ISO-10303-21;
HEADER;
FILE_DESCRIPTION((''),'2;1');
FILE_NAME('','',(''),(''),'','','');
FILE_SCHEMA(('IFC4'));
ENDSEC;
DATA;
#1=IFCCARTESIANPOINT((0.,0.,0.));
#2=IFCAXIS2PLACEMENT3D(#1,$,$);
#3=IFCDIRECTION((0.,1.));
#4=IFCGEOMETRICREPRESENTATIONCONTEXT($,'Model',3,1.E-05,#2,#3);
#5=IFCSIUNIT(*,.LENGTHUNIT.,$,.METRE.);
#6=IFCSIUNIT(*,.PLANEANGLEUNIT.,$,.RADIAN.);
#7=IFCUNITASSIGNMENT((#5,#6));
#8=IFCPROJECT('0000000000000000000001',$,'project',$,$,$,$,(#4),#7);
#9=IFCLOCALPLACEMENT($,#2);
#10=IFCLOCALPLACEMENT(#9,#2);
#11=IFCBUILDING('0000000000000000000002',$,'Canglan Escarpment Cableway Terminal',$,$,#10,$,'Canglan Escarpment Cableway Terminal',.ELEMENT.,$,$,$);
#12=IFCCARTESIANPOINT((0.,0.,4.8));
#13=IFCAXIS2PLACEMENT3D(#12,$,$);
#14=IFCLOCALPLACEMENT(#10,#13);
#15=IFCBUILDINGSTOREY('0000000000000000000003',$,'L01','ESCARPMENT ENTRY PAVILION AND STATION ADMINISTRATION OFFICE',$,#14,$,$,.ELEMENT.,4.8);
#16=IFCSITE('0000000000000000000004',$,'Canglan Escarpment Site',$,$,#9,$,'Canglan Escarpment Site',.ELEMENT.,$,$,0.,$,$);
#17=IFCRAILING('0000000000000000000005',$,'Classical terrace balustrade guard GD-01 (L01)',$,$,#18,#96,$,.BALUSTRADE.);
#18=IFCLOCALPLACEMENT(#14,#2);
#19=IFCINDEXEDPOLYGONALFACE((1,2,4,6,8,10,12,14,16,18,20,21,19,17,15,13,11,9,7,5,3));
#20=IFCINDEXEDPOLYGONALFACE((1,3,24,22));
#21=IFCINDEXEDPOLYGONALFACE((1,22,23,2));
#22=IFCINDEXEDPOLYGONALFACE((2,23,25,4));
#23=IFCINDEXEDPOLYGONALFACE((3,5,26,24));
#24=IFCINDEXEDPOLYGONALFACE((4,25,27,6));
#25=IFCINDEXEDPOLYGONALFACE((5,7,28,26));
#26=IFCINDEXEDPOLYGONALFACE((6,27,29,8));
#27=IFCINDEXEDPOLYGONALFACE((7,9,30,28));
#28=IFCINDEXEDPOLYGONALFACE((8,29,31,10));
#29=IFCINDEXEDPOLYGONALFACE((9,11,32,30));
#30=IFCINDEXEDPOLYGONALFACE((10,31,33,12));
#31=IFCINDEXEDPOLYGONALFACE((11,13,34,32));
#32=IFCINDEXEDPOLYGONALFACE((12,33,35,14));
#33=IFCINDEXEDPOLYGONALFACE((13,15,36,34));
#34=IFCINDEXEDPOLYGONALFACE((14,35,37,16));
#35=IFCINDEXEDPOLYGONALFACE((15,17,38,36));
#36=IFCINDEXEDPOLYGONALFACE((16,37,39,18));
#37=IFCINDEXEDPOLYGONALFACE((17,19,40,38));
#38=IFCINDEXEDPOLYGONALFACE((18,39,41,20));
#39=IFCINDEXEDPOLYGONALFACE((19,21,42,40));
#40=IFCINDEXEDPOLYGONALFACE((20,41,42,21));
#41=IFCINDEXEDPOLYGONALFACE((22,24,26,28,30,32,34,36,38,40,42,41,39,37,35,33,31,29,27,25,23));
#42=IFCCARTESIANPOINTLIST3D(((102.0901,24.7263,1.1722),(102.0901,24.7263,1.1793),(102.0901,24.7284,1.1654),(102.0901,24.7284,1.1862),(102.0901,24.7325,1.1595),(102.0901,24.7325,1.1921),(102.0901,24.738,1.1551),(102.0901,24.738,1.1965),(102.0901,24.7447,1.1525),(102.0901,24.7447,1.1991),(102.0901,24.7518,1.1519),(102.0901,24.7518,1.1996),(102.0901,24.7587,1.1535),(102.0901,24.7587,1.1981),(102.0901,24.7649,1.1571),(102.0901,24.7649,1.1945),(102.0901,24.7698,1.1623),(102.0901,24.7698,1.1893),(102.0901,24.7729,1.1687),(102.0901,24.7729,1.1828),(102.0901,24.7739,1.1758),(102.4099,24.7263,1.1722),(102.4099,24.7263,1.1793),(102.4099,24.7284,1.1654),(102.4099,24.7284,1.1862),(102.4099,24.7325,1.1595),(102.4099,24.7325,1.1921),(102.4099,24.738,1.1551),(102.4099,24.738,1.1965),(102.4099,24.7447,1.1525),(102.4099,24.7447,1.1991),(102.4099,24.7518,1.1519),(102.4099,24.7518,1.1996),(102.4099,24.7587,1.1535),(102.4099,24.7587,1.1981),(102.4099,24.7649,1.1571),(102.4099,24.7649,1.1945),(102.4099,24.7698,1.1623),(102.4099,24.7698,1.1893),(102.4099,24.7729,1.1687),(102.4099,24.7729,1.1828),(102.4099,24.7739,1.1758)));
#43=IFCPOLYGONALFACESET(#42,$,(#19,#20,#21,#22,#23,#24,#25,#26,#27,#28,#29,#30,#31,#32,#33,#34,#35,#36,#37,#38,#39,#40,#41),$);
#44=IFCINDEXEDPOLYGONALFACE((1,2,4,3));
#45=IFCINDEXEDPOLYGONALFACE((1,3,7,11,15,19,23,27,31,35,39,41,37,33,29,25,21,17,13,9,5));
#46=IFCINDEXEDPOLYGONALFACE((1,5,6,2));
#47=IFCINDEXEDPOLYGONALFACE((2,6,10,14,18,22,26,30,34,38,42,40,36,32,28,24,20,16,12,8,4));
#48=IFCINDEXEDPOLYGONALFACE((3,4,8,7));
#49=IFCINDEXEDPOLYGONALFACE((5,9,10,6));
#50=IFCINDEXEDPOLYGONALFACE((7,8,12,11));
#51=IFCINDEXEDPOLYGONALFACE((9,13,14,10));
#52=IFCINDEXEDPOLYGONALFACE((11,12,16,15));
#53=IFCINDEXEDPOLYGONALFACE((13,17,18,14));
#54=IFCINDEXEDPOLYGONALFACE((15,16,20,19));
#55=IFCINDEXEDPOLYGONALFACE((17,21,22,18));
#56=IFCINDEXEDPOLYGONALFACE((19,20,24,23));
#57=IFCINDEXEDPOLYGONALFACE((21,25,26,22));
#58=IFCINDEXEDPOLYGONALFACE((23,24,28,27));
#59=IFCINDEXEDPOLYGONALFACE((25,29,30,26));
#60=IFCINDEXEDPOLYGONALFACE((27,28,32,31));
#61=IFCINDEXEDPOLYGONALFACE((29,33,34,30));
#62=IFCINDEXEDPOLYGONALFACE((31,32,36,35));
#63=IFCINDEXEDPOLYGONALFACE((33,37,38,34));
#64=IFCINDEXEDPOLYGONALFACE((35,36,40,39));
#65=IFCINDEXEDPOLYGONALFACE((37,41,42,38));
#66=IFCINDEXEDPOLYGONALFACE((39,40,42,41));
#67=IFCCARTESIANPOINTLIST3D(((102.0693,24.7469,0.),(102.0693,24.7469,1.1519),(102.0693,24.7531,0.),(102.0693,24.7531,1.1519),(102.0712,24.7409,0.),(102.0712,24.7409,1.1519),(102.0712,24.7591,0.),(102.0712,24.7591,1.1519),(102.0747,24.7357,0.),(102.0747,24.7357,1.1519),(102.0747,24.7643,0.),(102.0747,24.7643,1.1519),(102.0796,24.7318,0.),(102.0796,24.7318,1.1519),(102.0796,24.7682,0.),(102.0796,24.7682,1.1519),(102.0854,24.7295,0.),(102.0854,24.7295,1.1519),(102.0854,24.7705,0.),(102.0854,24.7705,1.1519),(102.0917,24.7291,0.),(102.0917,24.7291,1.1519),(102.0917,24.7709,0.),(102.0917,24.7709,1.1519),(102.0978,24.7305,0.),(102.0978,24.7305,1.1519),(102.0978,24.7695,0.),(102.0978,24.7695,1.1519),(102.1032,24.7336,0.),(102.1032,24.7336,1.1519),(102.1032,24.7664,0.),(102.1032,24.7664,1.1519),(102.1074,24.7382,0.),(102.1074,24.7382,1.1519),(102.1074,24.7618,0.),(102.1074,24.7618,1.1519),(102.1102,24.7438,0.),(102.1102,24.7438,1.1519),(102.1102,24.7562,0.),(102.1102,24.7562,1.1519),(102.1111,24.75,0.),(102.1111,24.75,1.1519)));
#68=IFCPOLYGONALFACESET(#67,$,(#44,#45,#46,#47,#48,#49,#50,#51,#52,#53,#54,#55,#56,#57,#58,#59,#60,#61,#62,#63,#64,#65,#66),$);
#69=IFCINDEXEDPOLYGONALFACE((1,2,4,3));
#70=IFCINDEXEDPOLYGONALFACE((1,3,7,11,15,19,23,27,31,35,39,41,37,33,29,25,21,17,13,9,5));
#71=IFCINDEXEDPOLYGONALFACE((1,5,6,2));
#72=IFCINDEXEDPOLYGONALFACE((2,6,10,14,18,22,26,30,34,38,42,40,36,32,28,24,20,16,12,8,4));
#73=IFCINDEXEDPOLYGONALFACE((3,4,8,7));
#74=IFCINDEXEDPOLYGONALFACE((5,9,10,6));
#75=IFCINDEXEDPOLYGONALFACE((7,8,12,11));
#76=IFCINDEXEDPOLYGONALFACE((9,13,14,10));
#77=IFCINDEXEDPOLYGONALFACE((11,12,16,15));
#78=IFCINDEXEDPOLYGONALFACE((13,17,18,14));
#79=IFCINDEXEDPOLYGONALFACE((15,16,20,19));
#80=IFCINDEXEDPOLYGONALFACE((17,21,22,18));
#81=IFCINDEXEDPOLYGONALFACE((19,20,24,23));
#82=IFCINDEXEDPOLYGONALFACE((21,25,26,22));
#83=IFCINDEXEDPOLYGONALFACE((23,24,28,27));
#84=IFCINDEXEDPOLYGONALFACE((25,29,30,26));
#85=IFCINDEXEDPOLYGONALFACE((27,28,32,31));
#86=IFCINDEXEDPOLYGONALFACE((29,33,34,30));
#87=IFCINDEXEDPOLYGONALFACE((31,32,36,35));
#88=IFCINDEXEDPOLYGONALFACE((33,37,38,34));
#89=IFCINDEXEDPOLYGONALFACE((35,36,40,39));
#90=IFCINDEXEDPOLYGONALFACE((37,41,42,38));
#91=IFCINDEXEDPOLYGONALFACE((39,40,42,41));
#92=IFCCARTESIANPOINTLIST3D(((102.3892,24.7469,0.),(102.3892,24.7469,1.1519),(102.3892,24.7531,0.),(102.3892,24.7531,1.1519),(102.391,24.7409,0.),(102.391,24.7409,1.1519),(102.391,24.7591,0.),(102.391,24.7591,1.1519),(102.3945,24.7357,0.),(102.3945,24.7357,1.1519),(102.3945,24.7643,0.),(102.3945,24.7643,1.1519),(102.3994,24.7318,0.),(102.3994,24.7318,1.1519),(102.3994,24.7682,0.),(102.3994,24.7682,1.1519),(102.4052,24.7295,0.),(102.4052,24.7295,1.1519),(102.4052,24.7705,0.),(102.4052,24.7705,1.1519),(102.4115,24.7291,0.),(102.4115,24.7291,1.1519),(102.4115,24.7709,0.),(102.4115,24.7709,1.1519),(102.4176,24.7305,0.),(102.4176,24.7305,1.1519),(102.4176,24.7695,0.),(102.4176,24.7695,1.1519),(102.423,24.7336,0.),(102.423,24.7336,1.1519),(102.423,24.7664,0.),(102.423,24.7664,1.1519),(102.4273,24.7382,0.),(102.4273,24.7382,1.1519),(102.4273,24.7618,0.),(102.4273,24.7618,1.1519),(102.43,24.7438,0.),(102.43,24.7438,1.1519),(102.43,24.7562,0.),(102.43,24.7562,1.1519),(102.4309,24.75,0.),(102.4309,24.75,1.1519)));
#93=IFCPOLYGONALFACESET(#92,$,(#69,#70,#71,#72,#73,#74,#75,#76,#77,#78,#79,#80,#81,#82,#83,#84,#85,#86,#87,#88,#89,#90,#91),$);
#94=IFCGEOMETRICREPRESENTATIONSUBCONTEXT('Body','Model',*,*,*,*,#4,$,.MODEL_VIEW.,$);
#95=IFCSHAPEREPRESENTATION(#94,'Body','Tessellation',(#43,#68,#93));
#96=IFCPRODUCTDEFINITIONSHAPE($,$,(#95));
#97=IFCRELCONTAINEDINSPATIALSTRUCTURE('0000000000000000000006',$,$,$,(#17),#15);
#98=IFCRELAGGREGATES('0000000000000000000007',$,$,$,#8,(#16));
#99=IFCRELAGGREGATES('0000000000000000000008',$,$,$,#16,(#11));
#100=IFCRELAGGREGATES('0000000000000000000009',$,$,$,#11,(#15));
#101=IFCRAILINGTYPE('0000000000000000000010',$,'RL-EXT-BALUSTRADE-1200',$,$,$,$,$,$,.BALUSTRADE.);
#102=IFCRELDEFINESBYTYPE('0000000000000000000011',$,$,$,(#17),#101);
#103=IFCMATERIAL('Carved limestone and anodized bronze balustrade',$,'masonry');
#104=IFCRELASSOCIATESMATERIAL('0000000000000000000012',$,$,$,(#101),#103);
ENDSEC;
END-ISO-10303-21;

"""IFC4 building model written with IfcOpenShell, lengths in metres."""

from ifc_helpers import new_model, si_unit, direction, frame, origin, origin_2d, place, context, subcontext, project, spatial, circle, extrude, material, type_object, element, save


model = new_model("IFC4")

# Units and contexts
model_context = context("Model", 3, precision=1e-05, world=origin(), true_north=direction((0.0, 1.0)))
body_context = subcontext(model_context, "Body", "Model", "MODEL_VIEW")
ifc_project = project(units=[si_unit("LENGTHUNIT", "METRE"), si_unit("PLANEANGLEUNIT", "RADIAN")], contexts=[model_context])

# Site, building, storey
site_placement = place(None, origin())
site = spatial("IfcSite", under=ifc_project, at=site_placement, Name="Canglan Escarpment Site", LongName="Canglan Escarpment Site", CompositionType="ELEMENT", RefElevation=0.0)
building_placement = place(site_placement, origin())
building = spatial("IfcBuilding", under=site, at=building_placement, Name="Canglan Escarpment Cableway Terminal", LongName="Canglan Escarpment Cableway Terminal", CompositionType="ELEMENT")
storey_placement = place(building_placement, frame((0.0, 0.0, 4.8)))
storey = spatial("IfcBuildingStorey", under=building, at=storey_placement, Name="L01", Description="ESCARPMENT ENTRY PAVILION AND STATION ADMINISTRATION OFFICE", CompositionType="ELEMENT", Elevation=4.8)

# Railing
ifc_material_1 = material(Name="Carved limestone and anodized bronze balustrade", Category="masonry")
railing_type = type_object("IfcRailingType", Name="RL-EXT-BALUSTRADE-1200", PredefinedType="BALUSTRADE", material=ifc_material_1)
railing_placement = place(storey_placement, frame((102.0901, 24.75, 0.0)))
element("IfcRailing", 1, at=railing_placement, inside=storey, type_object=railing_type, Name="Classical terrace balustrade guard GD-01 (L01)", PredefinedType="BALUSTRADE", context=body_context, shape_type="SweptSolid", body=[
    extrude(circle(Radius=0.0239, at=origin_2d()), frame((0.0, 0.0, 1.1758), z_axis=(1.0, 0.0, 0.0), x_axis=(0.0, 1.0, 0.0)), (0.0, 0.0, 1.0), 0.3198),
    extrude(circle(Radius=0.021, at=origin_2d()), origin(), (0.0, 0.0, 1.0), 1.1519),
    extrude(circle(Radius=0.021, at=origin_2d()), frame((0.3198, 0.0, 0.0)), (0.0, 0.0, 1.0), 1.1519),
])

save(model, "model.ifc")
